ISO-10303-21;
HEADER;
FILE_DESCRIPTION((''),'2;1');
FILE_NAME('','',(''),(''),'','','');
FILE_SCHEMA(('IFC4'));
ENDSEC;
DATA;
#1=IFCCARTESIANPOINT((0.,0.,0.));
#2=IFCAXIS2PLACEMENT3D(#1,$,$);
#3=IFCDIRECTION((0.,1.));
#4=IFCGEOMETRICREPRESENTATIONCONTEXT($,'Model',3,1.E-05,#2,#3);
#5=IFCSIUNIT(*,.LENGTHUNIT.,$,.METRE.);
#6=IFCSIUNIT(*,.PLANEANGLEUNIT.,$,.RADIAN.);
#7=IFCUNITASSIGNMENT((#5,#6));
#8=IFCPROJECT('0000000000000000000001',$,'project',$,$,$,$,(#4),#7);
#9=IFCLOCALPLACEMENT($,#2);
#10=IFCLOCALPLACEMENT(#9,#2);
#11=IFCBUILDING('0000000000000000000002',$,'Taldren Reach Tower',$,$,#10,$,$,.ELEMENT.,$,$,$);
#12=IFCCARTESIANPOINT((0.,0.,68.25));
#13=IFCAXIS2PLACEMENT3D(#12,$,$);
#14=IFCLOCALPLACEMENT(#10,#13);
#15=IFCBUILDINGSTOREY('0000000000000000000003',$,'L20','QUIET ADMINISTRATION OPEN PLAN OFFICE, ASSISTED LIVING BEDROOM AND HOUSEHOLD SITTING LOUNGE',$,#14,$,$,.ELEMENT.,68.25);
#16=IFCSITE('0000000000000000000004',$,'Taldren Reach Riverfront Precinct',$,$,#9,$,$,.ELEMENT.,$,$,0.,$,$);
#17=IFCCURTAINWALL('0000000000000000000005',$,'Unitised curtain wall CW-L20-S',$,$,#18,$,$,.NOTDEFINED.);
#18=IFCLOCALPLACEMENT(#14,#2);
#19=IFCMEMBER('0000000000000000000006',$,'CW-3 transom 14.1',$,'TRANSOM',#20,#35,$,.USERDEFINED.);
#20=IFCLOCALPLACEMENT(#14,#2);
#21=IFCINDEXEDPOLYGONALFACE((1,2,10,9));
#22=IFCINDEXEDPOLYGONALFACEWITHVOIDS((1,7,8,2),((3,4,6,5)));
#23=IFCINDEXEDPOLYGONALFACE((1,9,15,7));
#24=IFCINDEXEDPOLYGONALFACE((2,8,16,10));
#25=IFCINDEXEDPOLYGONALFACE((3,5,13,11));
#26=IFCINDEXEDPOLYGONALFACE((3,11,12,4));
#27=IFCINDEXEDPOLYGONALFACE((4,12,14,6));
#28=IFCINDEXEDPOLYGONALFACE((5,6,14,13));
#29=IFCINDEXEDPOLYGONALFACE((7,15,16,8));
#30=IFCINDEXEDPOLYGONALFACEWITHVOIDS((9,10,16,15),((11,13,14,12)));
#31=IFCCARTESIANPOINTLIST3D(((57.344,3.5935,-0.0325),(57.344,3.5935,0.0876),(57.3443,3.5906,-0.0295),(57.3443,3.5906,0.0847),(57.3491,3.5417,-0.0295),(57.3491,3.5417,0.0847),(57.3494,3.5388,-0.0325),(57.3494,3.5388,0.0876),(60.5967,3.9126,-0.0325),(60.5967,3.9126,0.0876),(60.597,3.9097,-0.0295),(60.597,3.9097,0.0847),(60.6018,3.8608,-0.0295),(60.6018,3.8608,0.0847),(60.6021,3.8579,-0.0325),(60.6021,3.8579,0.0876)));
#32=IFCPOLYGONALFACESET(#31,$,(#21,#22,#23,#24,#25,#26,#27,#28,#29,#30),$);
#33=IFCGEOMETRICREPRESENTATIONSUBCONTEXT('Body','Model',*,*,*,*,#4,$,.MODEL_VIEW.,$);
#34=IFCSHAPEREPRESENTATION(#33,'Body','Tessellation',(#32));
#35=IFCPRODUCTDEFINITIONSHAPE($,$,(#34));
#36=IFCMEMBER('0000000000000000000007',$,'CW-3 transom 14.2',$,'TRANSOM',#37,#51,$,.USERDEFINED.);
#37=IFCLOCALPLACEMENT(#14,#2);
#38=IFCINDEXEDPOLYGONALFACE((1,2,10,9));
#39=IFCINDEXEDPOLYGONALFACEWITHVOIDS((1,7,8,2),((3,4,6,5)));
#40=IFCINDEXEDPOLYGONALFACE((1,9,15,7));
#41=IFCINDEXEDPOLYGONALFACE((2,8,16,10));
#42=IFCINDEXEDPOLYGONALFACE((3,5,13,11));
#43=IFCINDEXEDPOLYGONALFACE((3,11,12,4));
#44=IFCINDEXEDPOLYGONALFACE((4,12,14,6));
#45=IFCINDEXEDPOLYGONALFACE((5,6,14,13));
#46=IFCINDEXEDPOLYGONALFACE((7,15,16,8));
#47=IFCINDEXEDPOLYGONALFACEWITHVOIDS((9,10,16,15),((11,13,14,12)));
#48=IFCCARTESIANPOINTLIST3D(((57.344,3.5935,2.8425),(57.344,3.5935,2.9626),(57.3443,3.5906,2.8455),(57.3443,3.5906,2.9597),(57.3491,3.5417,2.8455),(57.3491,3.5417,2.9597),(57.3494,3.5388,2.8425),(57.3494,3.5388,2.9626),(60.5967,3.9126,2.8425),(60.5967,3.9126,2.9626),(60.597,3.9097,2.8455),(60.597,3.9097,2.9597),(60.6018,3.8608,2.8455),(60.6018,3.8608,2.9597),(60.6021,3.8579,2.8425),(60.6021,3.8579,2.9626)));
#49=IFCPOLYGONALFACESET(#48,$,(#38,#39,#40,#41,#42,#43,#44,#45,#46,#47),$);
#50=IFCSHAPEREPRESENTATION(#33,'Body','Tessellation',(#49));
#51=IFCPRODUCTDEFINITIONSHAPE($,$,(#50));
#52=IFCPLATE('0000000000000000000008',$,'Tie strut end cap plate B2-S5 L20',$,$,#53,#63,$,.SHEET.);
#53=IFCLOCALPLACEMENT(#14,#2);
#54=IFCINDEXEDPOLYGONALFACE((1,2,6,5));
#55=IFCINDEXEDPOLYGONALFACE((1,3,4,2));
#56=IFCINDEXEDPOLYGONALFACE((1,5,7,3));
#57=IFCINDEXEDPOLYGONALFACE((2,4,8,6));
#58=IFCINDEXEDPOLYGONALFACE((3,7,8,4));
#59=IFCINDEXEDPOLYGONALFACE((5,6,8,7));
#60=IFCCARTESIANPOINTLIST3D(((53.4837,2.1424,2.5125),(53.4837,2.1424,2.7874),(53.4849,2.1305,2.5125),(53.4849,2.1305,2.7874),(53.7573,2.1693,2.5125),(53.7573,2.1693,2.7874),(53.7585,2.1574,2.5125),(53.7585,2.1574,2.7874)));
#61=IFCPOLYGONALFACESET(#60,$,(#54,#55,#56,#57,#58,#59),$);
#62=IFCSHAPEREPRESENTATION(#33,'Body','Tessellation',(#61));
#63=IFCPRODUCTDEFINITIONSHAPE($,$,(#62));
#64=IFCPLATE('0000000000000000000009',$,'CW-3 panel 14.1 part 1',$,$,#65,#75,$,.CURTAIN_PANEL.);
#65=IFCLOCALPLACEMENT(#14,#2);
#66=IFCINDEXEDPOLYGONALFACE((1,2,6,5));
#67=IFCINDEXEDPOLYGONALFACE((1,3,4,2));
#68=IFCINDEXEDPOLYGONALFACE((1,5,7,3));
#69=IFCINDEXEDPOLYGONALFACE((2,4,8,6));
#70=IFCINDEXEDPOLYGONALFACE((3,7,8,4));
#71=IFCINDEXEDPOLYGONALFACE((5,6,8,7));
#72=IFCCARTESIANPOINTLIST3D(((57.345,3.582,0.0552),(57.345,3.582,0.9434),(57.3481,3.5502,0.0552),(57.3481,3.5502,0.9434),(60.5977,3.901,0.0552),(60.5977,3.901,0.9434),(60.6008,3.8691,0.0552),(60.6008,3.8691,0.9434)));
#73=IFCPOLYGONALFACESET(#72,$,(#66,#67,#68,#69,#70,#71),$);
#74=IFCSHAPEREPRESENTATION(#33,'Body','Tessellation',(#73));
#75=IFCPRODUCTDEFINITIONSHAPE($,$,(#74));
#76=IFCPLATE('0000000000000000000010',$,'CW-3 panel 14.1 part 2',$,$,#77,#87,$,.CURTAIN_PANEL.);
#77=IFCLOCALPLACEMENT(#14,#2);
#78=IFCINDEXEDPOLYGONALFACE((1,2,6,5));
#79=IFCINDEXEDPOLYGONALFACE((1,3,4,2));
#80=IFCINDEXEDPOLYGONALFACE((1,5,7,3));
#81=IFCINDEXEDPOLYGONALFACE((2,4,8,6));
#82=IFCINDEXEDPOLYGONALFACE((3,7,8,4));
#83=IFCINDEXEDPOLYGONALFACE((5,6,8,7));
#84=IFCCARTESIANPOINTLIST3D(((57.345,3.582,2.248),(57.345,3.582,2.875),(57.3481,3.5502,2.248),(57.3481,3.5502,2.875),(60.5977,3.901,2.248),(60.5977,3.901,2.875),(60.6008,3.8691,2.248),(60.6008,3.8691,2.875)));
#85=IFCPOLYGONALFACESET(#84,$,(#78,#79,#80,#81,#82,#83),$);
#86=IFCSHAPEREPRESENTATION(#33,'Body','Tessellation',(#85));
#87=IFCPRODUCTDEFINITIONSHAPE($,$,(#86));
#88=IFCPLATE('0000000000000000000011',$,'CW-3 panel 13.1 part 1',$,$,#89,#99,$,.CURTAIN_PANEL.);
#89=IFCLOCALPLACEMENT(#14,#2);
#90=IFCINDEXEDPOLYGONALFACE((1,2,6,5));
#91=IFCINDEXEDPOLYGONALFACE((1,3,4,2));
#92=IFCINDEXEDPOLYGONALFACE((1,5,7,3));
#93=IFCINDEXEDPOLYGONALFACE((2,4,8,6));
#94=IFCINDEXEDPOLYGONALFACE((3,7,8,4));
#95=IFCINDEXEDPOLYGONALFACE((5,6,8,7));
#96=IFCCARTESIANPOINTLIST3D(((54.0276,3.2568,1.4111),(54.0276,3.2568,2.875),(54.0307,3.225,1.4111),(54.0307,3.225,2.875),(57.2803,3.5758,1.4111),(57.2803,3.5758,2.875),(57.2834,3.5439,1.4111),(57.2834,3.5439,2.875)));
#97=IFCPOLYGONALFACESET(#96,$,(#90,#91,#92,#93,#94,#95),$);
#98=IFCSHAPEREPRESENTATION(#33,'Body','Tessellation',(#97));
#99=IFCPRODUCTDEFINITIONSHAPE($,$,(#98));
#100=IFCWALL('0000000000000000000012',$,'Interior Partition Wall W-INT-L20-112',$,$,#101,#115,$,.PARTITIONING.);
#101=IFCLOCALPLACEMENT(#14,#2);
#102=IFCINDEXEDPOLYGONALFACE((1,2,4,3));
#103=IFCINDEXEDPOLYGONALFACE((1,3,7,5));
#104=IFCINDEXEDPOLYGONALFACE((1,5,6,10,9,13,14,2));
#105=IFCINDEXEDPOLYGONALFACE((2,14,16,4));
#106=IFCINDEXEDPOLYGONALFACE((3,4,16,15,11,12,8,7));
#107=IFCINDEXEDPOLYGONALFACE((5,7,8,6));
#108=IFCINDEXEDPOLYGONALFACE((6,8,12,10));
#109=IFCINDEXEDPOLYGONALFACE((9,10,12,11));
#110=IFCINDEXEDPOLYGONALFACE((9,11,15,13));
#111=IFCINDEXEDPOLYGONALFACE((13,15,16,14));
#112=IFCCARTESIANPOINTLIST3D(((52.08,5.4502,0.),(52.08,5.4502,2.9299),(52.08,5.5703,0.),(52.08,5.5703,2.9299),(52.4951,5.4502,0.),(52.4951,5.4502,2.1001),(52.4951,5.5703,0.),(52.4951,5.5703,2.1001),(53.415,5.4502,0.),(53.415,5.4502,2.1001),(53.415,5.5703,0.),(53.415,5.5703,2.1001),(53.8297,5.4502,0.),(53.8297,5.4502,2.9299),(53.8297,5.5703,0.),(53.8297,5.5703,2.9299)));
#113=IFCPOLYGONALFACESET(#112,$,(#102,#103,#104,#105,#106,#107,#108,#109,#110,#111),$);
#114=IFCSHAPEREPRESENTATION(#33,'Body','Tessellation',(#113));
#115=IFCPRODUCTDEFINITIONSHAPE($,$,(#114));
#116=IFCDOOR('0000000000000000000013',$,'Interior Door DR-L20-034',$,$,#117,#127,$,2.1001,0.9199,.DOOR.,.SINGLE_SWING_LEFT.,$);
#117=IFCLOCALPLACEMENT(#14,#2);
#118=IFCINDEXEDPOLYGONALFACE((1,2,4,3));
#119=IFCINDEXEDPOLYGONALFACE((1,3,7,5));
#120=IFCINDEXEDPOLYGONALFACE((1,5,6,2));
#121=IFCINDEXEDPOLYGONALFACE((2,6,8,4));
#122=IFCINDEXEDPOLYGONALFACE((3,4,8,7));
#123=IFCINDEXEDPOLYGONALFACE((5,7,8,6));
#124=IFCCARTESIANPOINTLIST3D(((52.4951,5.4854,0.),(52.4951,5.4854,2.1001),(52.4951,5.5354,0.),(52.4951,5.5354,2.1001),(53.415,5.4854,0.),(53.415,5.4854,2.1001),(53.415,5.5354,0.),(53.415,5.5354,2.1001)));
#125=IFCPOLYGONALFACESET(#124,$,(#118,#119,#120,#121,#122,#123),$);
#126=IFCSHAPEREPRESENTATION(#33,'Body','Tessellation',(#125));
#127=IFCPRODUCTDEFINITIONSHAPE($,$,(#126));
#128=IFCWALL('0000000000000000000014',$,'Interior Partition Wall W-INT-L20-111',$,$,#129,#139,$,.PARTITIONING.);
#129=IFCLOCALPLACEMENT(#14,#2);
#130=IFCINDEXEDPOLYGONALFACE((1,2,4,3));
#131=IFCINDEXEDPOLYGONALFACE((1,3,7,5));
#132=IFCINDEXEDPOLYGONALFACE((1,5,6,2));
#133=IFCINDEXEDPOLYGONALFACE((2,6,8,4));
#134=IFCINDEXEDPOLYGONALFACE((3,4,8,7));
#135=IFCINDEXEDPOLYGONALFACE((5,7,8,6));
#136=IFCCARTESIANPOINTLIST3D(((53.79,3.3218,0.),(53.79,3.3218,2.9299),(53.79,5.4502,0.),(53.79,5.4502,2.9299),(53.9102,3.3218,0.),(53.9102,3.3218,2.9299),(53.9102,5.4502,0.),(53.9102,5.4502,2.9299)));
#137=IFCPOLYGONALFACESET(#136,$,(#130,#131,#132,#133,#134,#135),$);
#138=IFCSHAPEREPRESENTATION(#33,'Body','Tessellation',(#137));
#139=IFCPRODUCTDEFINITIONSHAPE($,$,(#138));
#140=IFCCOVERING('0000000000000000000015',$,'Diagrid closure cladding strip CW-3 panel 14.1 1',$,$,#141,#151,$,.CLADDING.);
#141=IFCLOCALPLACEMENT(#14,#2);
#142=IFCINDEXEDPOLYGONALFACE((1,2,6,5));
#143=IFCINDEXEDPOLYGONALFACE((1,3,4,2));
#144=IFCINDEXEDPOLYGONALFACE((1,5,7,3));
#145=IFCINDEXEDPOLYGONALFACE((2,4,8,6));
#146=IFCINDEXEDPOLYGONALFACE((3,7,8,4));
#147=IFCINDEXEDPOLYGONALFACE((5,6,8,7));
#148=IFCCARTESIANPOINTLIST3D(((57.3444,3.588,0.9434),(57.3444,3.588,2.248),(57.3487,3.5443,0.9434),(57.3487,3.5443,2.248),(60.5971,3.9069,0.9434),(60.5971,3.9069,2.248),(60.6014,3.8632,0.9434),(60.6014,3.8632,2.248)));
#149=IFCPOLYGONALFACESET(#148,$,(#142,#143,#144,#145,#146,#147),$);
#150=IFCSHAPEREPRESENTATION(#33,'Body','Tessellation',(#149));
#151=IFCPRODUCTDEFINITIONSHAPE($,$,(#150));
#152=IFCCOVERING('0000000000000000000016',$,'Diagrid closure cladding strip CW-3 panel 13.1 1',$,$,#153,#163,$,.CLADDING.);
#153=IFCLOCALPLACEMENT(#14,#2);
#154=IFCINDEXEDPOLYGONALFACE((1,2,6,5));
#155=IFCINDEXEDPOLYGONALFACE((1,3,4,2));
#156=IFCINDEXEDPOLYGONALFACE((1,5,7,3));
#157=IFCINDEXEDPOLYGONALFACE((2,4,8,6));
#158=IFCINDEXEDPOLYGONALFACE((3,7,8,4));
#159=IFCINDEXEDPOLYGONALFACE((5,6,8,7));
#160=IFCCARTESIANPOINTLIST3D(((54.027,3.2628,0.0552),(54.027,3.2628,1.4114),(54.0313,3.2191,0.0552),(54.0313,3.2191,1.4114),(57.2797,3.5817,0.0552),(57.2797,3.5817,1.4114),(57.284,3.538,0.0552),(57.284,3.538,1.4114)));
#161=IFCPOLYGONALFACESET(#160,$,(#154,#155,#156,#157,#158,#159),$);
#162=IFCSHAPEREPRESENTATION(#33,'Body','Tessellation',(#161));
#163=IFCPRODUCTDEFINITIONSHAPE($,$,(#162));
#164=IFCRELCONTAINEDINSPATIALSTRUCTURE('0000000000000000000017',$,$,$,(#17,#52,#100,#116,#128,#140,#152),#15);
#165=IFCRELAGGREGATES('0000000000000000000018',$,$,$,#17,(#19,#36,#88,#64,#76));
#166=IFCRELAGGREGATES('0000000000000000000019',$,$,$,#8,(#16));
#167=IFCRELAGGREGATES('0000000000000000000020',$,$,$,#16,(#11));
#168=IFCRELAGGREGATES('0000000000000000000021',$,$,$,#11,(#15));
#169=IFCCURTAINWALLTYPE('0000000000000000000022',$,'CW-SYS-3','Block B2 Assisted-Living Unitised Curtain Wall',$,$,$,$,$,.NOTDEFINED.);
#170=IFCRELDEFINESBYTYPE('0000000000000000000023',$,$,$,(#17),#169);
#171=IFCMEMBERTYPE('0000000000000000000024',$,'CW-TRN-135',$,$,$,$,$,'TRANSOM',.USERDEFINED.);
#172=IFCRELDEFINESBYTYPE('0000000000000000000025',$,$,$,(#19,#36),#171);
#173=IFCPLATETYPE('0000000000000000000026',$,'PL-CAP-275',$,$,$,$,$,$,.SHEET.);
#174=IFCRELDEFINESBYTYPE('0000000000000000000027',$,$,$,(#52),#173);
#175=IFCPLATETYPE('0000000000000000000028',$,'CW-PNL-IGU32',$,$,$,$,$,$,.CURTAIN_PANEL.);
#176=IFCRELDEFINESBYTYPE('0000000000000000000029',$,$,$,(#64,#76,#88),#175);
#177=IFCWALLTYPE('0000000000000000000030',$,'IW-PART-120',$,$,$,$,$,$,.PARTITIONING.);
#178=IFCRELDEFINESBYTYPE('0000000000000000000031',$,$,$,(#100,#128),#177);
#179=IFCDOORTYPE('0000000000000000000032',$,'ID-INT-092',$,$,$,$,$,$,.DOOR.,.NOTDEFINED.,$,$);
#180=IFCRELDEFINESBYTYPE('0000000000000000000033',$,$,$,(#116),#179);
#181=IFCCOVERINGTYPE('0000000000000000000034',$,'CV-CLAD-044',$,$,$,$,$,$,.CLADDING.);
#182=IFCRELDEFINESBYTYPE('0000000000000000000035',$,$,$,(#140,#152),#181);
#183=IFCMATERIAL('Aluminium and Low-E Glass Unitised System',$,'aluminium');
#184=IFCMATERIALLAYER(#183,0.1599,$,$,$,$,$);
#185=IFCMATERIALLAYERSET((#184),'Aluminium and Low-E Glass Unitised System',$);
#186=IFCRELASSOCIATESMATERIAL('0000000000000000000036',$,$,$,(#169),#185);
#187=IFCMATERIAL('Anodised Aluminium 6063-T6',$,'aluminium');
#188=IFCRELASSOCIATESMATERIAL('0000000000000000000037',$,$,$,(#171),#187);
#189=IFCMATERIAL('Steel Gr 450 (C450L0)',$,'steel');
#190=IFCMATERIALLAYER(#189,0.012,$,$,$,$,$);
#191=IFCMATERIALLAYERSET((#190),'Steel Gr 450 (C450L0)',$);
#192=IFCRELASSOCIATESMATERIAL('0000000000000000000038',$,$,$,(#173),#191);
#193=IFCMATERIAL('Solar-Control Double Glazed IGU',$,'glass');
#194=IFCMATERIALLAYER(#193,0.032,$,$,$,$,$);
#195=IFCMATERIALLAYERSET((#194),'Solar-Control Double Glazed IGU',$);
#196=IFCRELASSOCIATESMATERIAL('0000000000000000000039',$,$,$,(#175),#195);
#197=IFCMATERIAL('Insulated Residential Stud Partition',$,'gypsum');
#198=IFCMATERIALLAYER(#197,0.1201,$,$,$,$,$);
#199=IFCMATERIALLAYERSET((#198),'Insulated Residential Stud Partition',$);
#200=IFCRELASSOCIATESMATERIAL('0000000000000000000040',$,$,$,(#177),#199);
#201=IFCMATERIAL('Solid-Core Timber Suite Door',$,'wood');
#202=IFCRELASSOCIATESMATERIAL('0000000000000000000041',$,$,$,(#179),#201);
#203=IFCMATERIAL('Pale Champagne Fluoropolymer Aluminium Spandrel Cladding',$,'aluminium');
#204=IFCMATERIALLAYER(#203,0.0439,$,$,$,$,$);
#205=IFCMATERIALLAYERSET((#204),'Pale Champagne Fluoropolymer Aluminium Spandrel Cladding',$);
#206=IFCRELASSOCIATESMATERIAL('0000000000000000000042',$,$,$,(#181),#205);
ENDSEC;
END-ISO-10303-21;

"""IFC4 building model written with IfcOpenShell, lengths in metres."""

from ifc_helpers import new_model, si_unit, direction, frame, frame_2d, origin, origin_2d, place, context, subcontext, project, spatial, rectangle, hollow_rectangle, extrude, source, transform, mapped, material, layer, layer_set, material_profile, profile_set, type_object, element, fill, aggregate, save


model = new_model("IFC4")

# Units and contexts
model_context = context("Model", 3, precision=1e-05, world=origin(), true_north=direction((0.0, 1.0)))
body_context = subcontext(model_context, "Body", "Model", "MODEL_VIEW")
ifc_project = project(units=[si_unit("LENGTHUNIT", "METRE"), si_unit("PLANEANGLEUNIT", "RADIAN")], contexts=[model_context])

# Site, building, storey
site_placement = place(None, origin())
site = spatial("IfcSite", under=ifc_project, at=site_placement, Name="Taldren Reach Riverfront Precinct", CompositionType="ELEMENT", RefElevation=0.0)
building_placement = place(site_placement, origin())
building = spatial("IfcBuilding", under=site, at=building_placement, Name="Taldren Reach Tower", CompositionType="ELEMENT")
storey_placement = place(building_placement, frame((0.0, 0.0, 68.25)))
storey = spatial("IfcBuildingStorey", under=building, at=storey_placement, Name="L20", Description="QUIET ADMINISTRATION OPEN PLAN OFFICE, ASSISTED LIVING BEDROOM AND HOUSEHOLD SITTING LOUNGE", CompositionType="ELEMENT", Elevation=68.25)

# Shared definitions
ifc_material_1 = material(Name="Steel Gr 450 (C450L0)", Category="steel")

# Curtain wall, members
ifc_material_2 = material(Name="Aluminium and Low-E Glass Unitised System", Category="aluminium")
ifc_layer_1 = layer(ifc_material_2, 0.1599)
ifc_layer_set_1 = layer_set([ifc_layer_1], Name="Aluminium and Low-E Glass Unitised System")
curtain_wall_type = type_object("IfcCurtainWallType", Name="CW-SYS-3", Description="Block B2 Assisted-Living Unitised Curtain Wall", PredefinedType="NOTDEFINED", material=ifc_layer_set_1)
curtain_wall_placement = place(storey_placement, origin())
curtain_wall = element("IfcCurtainWall", 1, at=curtain_wall_placement, inside=storey, type_object=curtain_wall_type, Name="Unitised curtain wall CW-L20-S", PredefinedType="NOTDEFINED")
ifc_material_3 = material(Name="Anodised Aluminium 6063-T6", Category="aluminium")
ifc_material_profile_1 = material_profile(ifc_material_3, hollow_rectangle(XDim=0.0549, YDim=0.1201, WallThickness=0.0029, at=origin_2d()), Name="ALU-120x55x3RHS")
ifc_profile_set_1 = profile_set([ifc_material_profile_1], Name="Anodised Aluminium 6063-T6")
member_type_1 = type_object("IfcMemberType", Name="CW-TRN-135", ElementType="TRANSOM", PredefinedType="USERDEFINED", material=ifc_profile_set_1)
shared_shape_1 = source(origin(), body_context, "Body", "SweptSolid", [
    extrude(hollow_rectangle(XDim=0.0549, YDim=0.1201, WallThickness=0.0029, at=origin_2d()), origin(), (0.0, 0.0, 1.0), 3.2683),
])
member_1_placement = place(storey_placement, frame((57.3467, 3.5662, 0.0276), z_axis=(0.995223, 0.097632, 0.0), x_axis=(-0.097632, 0.995223, 0.0)))
member_1 = element("IfcMember", 2, at=member_1_placement, type_object=member_type_1, Name="CW-3 transom 14.1", ObjectType="TRANSOM", PredefinedType="USERDEFINED", context=body_context, shape_type="MappedRepresentation", body=[
    mapped(shared_shape_1, transform((0.0, 0.0, 0.0), scale=1.0)),
])
member_2_placement = place(storey_placement, frame((57.3467, 3.5662, 2.9026), z_axis=(0.995223, 0.097632, 0.0), x_axis=(-0.097632, 0.995223, 0.0)))
member_2 = element("IfcMember", 3, at=member_2_placement, type_object=member_type_1, Name="CW-3 transom 14.2", ObjectType="TRANSOM", PredefinedType="USERDEFINED", context=body_context, shape_type="MappedRepresentation", body=[
    mapped(shared_shape_1, transform((0.0, 0.0, 0.0), scale=1.0)),
])

# Plates
ifc_layer_2 = layer(ifc_material_1, 0.012)
ifc_layer_set_2 = layer_set([ifc_layer_2], Name="Steel Gr 450 (C450L0)")
plate_type_1 = type_object("IfcPlateType", Name="PL-CAP-275", PredefinedType="SHEET", material=ifc_layer_set_2)
shared_shape_2 = source(origin(), body_context, "Body", "SweptSolid", [
    extrude(rectangle(XDim=0.2749, YDim=0.012, at=origin_2d()), origin(), (0.0, 0.0, 1.0), 0.2749),
])
plate_1_placement = place(storey_placement, frame((53.6211, 2.1499, 2.5125), z_axis=(0.0, 0.0, 1.0), x_axis=(0.995227, 0.097583, 0.0)))
element("IfcPlate", 4, at=plate_1_placement, inside=storey, type_object=plate_type_1, Name="Tie strut end cap plate B2-S5 L20", PredefinedType="SHEET", context=body_context, shape_type="MappedRepresentation", body=[
    mapped(shared_shape_2, transform((0.0, 0.0, 0.0), scale=1.0)),
])
ifc_material_4 = material(Name="Solar-Control Double Glazed IGU", Category="glass")
ifc_layer_3 = layer(ifc_material_4, 0.032)
ifc_layer_set_3 = layer_set([ifc_layer_3], Name="Solar-Control Double Glazed IGU")
plate_type_2 = type_object("IfcPlateType", Name="CW-PNL-IGU32", PredefinedType="CURTAIN_PANEL", material=ifc_layer_set_3)
shared_shape_3 = source(origin(), body_context, "Body", "SweptSolid", [
    extrude(rectangle(XDim=3.2683, YDim=0.032, at=origin_2d()), origin(), (0.0, 0.0, 1.0), 0.8882),
])
plate_2_placement = place(storey_placement, frame((58.9729, 3.7256, 0.0552), z_axis=(0.0, 0.0, 1.0), x_axis=(0.995227, 0.097583, 0.0)))
plate_2 = element("IfcPlate", 5, at=plate_2_placement, type_object=plate_type_2, Name="CW-3 panel 14.1 part 1", PredefinedType="CURTAIN_PANEL", context=body_context, shape_type="MappedRepresentation", body=[
    mapped(shared_shape_3, transform((0.0, 0.0, 0.0), scale=1.0)),
])
shared_shape_4 = source(origin(), body_context, "Body", "SweptSolid", [
    extrude(rectangle(XDim=3.2683, YDim=0.032, at=origin_2d()), origin(), (0.0, 0.0, 1.0), 0.627),
])
plate_3_placement = place(storey_placement, frame((58.9729, 3.7256, 2.248), z_axis=(0.0, 0.0, 1.0), x_axis=(0.995227, 0.097583, 0.0)))
plate_3 = element("IfcPlate", 6, at=plate_3_placement, type_object=plate_type_2, Name="CW-3 panel 14.1 part 2", PredefinedType="CURTAIN_PANEL", context=body_context, shape_type="MappedRepresentation", body=[
    mapped(shared_shape_4, transform((0.0, 0.0, 0.0), scale=1.0)),
])
shared_shape_5 = source(origin(), body_context, "Body", "SweptSolid", [
    extrude(rectangle(XDim=3.2683, YDim=0.032, at=origin_2d()), origin(), (0.0, 0.0, 1.0), 1.4639),
])
plate_4_placement = place(storey_placement, frame((55.6555, 3.4004, 1.4111), z_axis=(0.0, 0.0, 1.0), x_axis=(0.995227, 0.097583, 0.0)))
plate_4 = element("IfcPlate", 7, at=plate_4_placement, type_object=plate_type_2, Name="CW-3 panel 13.1 part 1", PredefinedType="CURTAIN_PANEL", context=body_context, shape_type="MappedRepresentation", body=[
    mapped(shared_shape_5, transform((0.0, 0.0, 0.0), scale=1.0)),
])
aggregate(curtain_wall, [member_1, member_2, plate_4, plate_2, plate_3])

# Wall, opening, door
ifc_material_5 = material(Name="Insulated Residential Stud Partition", Category="gypsum")
ifc_layer_4 = layer(ifc_material_5, 0.1201)
ifc_layer_set_4 = layer_set([ifc_layer_4], Name="Insulated Residential Stud Partition")
wall_type = type_object("IfcWallType", Name="IW-PART-120", PredefinedType="PARTITIONING", material=ifc_layer_set_4)
shared_shape_6 = source(origin(), body_context, "Body", "SweptSolid", [
    extrude(rectangle(XDim=1.7498, YDim=0.1201, at=frame_2d((0.875, 0.0))), origin(), (0.0, 0.0, 1.0), 2.9299),
])
wall_1_placement = place(storey_placement, frame((53.8298, 5.5103, 0.0), z_axis=(0.0, 0.0, 1.0), x_axis=(-1.0, 0.0, 0.0)))
wall_1 = element("IfcWall", 8, at=wall_1_placement, inside=storey, type_object=wall_type, Name="Interior Partition Wall W-INT-L20-112", PredefinedType="PARTITIONING", context=body_context, shape_type="MappedRepresentation", body=[
    mapped(shared_shape_6, transform((0.0, 0.0, 0.0), scale=1.0)),
])
shared_shape_7 = source(origin(), body_context, "Body", "SweptSolid", [
    extrude(rectangle(XDim=0.9199, YDim=2.1001, at=frame_2d((0.46, 1.05))), frame((0.0, 0.0701, 0.0), z_axis=(0.0, -1.0, 0.0), x_axis=(1.0, 0.0, 0.0)), (0.0, 0.0, 1.0), 0.1401),
])
opening_placement = place(wall_1_placement, frame((0.4148, 0.0, 0.0)))
opening = element("IfcOpeningElement", 9, at=opening_placement, cuts=wall_1, PredefinedType="OPENING", context=body_context, shape_type="MappedRepresentation", body=[
    mapped(shared_shape_7, transform((0.0, 0.0, 0.0), scale=1.0)),
])
ifc_material_6 = material(Name="Solid-Core Timber Suite Door", Category="wood")
door_type = type_object("IfcDoorType", Name="ID-INT-092", OperationType="NOTDEFINED", PredefinedType="DOOR", material=ifc_material_6)
shared_shape_8 = source(origin(), body_context, "Body", "SweptSolid", [
    extrude(rectangle(XDim=0.9199, YDim=2.1001, at=frame_2d((0.46, 1.05))), frame((0.0, 0.0249, 0.0), z_axis=(0.0, -1.0, 0.0), x_axis=(1.0, 0.0, 0.0)), (0.0, 0.0, 1.0), 0.05),
])
door_placement = place(opening_placement, origin())
door = element("IfcDoor", 10, at=door_placement, inside=storey, type_object=door_type, Name="Interior Door DR-L20-034", OperationType="SINGLE_SWING_LEFT", OverallHeight=2.1001, OverallWidth=0.9199, PredefinedType="DOOR", context=body_context, shape_type="MappedRepresentation", body=[
    mapped(shared_shape_8, transform((0.0, 0.0, 0.0), scale=1.0)),
])
fill(opening, door)

# Wall
shared_shape_9 = source(origin(), body_context, "Body", "SweptSolid", [
    extrude(rectangle(XDim=2.1284, YDim=0.1201, at=frame_2d((1.0642, 0.0))), origin(), (0.0, 0.0, 1.0), 2.9299),
])
wall_2_placement = place(storey_placement, frame((53.8501, 3.3218, 0.0), z_axis=(0.0, 0.0, 1.0), x_axis=(0.0, 1.0, 0.0)))
element("IfcWall", 11, at=wall_2_placement, inside=storey, type_object=wall_type, Name="Interior Partition Wall W-INT-L20-111", PredefinedType="PARTITIONING", context=body_context, shape_type="MappedRepresentation", body=[
    mapped(shared_shape_9, transform((0.0, 0.0, 0.0), scale=1.0)),
])

# Coverings
ifc_material_7 = material(Name="Pale Champagne Fluoropolymer Aluminium Spandrel Cladding", Category="aluminium")
ifc_layer_5 = layer(ifc_material_7, 0.0439)
ifc_layer_set_5 = layer_set([ifc_layer_5], Name="Pale Champagne Fluoropolymer Aluminium Spandrel Cladding")
covering_type = type_object("IfcCoveringType", Name="CV-CLAD-044", PredefinedType="CLADDING", material=ifc_layer_set_5)
shared_shape_10 = source(origin(), body_context, "Body", "SweptSolid", [
    extrude(rectangle(XDim=3.2683, YDim=0.0439, at=origin_2d()), origin(), (0.0, 0.0, 1.0), 1.3047),
])
covering_1_placement = place(storey_placement, frame((58.9729, 3.7256, 0.9434), z_axis=(0.0, 0.0, 1.0), x_axis=(0.995227, 0.097583, 0.0)))
element("IfcCovering", 12, at=covering_1_placement, inside=storey, type_object=covering_type, Name="Diagrid closure cladding strip CW-3 panel 14.1 1", PredefinedType="CLADDING", context=body_context, shape_type="MappedRepresentation", body=[
    mapped(shared_shape_10, transform((0.0, 0.0, 0.0), scale=1.0)),
])
shared_shape_11 = source(origin(), body_context, "Body", "SweptSolid", [
    extrude(rectangle(XDim=3.2683, YDim=0.0439, at=origin_2d()), origin(), (0.0, 0.0, 1.0), 1.3562),
])
covering_2_placement = place(storey_placement, frame((55.6555, 3.4004, 0.0552), z_axis=(0.0, 0.0, 1.0), x_axis=(0.995227, 0.097583, 0.0)))
element("IfcCovering", 13, at=covering_2_placement, inside=storey, type_object=covering_type, Name="Diagrid closure cladding strip CW-3 panel 13.1 1", PredefinedType="CLADDING", context=body_context, shape_type="MappedRepresentation", body=[
    mapped(shared_shape_11, transform((0.0, 0.0, 0.0), scale=1.0)),
])

save(model, "model.ifc")
